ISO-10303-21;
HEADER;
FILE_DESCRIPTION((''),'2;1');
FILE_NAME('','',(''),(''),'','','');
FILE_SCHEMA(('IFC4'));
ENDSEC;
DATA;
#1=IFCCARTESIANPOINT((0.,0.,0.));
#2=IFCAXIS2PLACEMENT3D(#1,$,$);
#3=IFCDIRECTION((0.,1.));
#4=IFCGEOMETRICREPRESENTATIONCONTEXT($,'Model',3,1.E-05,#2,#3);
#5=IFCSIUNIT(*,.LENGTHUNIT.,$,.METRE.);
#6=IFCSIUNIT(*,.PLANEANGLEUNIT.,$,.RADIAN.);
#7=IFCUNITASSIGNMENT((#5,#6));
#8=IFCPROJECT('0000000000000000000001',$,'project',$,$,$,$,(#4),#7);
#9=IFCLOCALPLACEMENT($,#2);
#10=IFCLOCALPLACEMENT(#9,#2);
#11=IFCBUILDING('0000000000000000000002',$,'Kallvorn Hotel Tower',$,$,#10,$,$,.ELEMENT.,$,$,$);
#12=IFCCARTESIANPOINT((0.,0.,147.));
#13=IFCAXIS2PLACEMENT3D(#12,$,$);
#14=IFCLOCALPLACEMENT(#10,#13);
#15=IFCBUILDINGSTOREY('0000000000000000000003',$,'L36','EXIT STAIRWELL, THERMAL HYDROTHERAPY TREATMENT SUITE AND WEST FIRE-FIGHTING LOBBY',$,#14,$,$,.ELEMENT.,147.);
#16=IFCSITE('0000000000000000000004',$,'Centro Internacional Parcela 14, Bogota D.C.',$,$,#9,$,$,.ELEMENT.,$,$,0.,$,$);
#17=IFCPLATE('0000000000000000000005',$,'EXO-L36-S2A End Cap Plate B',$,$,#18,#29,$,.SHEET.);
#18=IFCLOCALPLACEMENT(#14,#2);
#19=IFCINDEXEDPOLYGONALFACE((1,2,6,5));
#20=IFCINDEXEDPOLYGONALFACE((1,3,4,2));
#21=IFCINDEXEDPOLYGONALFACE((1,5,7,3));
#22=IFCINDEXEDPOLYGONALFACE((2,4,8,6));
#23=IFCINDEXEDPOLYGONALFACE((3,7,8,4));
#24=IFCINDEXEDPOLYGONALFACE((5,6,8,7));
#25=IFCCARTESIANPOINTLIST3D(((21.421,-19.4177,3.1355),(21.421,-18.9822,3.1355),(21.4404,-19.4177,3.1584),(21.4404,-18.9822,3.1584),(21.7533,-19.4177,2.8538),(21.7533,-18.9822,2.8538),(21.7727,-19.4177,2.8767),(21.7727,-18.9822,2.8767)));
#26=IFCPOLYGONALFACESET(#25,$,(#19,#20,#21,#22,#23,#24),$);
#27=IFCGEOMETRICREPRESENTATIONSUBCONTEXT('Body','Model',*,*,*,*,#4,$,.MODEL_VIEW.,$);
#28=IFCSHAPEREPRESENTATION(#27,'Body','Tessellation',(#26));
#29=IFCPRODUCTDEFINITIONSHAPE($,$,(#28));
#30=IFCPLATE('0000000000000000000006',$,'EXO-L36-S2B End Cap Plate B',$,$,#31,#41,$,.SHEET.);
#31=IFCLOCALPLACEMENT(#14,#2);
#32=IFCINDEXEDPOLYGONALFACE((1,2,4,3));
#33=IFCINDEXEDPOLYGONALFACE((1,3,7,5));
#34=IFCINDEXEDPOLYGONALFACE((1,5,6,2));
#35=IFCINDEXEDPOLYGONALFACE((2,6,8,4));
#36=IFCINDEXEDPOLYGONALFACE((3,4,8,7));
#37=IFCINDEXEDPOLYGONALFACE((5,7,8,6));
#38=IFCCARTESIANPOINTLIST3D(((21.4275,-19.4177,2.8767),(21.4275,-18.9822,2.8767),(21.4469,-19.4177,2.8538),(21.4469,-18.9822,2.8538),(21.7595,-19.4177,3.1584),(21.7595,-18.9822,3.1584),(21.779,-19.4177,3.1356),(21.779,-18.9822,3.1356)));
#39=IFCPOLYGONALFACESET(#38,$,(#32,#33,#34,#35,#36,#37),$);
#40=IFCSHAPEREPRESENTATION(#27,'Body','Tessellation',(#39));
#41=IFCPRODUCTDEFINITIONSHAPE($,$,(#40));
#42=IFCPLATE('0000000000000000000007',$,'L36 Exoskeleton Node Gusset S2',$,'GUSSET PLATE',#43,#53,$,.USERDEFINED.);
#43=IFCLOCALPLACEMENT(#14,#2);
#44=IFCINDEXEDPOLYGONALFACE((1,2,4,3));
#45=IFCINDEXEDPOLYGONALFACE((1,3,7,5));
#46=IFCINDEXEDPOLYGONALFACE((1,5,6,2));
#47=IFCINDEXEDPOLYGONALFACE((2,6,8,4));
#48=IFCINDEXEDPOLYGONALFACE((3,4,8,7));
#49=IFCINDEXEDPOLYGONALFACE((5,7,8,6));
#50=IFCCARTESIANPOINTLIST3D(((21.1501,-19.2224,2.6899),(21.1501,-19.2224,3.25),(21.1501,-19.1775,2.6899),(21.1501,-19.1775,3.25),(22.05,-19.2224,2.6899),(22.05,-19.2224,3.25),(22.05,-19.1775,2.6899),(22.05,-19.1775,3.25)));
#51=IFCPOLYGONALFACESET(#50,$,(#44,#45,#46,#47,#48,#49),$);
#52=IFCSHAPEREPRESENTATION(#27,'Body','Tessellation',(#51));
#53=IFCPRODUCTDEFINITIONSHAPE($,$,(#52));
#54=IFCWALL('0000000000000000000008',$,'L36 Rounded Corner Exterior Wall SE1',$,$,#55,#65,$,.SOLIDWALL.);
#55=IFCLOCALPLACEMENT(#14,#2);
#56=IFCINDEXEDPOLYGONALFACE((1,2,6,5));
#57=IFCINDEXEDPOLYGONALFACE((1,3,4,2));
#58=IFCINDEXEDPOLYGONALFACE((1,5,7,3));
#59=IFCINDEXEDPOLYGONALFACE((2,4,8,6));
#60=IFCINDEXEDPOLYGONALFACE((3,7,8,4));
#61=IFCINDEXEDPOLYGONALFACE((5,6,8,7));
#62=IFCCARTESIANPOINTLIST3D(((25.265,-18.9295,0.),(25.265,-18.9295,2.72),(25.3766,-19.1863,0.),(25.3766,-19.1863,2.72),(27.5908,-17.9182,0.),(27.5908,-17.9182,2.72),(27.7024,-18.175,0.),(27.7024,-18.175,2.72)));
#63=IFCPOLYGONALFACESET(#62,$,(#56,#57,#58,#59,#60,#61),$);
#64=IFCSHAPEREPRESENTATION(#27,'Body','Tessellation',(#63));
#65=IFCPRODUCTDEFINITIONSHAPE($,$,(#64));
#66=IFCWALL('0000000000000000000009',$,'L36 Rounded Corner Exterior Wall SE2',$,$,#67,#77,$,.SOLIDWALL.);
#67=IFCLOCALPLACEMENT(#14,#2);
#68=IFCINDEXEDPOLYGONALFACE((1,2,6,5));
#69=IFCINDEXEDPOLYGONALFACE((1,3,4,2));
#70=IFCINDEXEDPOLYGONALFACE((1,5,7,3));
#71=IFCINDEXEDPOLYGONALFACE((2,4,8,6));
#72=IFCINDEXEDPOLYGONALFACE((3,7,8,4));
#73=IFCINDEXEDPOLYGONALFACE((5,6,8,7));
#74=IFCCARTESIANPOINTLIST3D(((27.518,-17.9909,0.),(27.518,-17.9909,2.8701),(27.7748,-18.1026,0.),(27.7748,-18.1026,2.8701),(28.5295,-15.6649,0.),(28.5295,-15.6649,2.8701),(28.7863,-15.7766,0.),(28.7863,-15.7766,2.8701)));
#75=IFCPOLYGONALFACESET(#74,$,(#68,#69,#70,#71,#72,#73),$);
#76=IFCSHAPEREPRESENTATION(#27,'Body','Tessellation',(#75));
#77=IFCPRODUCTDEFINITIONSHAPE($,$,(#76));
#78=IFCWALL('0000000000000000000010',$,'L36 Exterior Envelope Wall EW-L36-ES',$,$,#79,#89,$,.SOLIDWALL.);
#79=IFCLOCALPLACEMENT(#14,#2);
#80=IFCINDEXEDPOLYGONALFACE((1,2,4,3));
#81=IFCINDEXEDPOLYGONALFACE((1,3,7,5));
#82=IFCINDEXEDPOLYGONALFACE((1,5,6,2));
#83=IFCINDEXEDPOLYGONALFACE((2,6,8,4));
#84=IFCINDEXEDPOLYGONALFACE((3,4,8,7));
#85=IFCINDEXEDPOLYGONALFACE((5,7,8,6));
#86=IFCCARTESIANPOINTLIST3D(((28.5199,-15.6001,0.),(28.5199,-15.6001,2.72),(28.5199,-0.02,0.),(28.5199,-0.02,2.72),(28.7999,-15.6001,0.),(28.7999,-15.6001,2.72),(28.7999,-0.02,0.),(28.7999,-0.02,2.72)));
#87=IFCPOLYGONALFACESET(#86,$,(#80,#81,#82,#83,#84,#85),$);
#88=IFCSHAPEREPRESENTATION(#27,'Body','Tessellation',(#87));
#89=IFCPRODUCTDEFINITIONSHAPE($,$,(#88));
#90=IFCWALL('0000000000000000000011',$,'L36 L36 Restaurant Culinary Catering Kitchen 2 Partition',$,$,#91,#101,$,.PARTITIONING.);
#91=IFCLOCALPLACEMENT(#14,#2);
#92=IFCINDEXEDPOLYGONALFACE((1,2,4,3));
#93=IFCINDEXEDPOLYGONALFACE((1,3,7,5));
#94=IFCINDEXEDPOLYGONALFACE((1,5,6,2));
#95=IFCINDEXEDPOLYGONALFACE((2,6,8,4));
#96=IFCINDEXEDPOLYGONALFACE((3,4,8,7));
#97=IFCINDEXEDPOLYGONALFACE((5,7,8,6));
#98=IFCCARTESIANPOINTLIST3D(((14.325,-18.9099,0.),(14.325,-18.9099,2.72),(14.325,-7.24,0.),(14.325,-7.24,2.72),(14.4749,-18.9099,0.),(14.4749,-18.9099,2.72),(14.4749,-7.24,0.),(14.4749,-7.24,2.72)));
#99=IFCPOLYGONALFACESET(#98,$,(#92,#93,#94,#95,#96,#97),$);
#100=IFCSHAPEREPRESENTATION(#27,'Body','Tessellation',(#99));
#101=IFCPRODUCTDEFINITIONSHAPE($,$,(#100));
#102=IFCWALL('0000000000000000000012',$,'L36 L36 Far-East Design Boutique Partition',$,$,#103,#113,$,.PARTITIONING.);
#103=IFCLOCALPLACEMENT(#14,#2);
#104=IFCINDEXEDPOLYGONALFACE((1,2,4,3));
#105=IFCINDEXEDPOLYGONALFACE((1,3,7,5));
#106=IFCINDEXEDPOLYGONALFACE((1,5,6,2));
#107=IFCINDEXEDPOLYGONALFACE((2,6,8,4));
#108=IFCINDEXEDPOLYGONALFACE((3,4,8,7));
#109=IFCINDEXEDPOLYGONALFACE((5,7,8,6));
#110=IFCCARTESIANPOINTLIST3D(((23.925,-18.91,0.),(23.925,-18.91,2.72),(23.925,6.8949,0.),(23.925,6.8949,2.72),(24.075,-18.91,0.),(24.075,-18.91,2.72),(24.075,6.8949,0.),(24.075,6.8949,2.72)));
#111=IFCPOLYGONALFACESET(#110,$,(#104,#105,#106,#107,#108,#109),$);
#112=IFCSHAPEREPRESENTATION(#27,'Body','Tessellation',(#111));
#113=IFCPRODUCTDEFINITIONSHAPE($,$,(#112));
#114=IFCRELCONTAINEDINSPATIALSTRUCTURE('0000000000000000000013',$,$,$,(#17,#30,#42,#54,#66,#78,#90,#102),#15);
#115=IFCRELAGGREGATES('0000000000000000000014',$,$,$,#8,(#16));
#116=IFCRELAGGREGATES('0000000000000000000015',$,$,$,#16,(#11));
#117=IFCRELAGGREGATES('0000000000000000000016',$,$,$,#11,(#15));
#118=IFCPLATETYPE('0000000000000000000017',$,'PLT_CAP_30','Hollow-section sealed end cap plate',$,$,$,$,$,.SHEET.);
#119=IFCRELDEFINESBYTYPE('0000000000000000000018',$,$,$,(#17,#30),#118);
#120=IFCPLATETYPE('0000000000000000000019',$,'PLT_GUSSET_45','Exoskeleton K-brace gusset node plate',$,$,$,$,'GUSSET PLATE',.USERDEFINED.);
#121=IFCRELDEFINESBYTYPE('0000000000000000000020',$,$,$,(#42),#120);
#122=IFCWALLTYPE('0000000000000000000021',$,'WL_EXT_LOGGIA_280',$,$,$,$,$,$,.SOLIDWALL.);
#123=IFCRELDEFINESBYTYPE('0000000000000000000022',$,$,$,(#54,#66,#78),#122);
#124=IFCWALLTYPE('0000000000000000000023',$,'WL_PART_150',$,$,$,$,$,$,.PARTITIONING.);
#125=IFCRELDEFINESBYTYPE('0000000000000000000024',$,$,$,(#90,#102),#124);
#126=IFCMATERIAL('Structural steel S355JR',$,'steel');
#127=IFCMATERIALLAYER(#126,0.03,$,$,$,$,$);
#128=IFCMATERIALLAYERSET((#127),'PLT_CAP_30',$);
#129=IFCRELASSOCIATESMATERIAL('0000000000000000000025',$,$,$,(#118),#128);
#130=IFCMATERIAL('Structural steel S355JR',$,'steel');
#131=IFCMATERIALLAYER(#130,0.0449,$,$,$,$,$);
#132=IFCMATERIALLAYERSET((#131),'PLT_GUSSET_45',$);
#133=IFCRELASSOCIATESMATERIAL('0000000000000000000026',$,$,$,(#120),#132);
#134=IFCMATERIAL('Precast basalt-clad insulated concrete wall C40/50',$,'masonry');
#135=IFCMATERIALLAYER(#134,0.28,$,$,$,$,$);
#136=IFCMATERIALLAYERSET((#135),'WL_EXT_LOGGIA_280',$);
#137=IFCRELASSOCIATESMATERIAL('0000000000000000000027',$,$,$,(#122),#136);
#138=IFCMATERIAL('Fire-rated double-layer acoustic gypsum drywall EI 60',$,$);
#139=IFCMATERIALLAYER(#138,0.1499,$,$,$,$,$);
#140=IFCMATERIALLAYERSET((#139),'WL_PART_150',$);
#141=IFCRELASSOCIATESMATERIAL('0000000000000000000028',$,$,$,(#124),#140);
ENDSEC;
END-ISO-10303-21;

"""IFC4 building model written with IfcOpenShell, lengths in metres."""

from ifc_helpers import new_model, si_unit, direction, frame, frame_2d, origin, origin_2d, place, context, subcontext, project, spatial, polyline, rectangle, outline, extrude, material, layer, layer_set, type_object, element, save


model = new_model("IFC4")

# Units and contexts
model_context = context("Model", 3, precision=1e-05, world=origin(), true_north=direction((0.0, 1.0)))
body_context = subcontext(model_context, "Body", "Model", "MODEL_VIEW")
ifc_project = project(units=[si_unit("LENGTHUNIT", "METRE"), si_unit("PLANEANGLEUNIT", "RADIAN")], contexts=[model_context])

# Site, building, storey
site_placement = place(None, origin())
site = spatial("IfcSite", under=ifc_project, at=site_placement, Name="Centro Internacional Parcela 14, Bogota D.C.", CompositionType="ELEMENT", RefElevation=0.0)
building_placement = place(site_placement, origin())
building = spatial("IfcBuilding", under=site, at=building_placement, Name="Kallvorn Hotel Tower", CompositionType="ELEMENT")
storey_placement = place(building_placement, frame((0.0, 0.0, 147.0)))
storey = spatial("IfcBuildingStorey", under=building, at=storey_placement, Name="L36", Description="EXIT STAIRWELL, THERMAL HYDROTHERAPY TREATMENT SUITE AND WEST FIRE-FIGHTING LOBBY", CompositionType="ELEMENT", Elevation=147.0)

# Plates
ifc_material_1 = material(Name="Structural steel S355JR", Category="steel")
ifc_layer_1 = layer(ifc_material_1, 0.03)
ifc_layer_set_1 = layer_set([ifc_layer_1], Name="PLT_CAP_30")
plate_type_1 = type_object("IfcPlateType", Name="PLT_CAP_30", Description="Hollow-section sealed end cap plate", PredefinedType="SHEET", material=ifc_layer_set_1)
plate_1_placement = place(storey_placement, frame((21.7727, -19.4177, 2.8767), z_axis=(0.646721, 0.0, 0.762727), x_axis=(0.0, 1.0, 0.0)))
element("IfcPlate", 1, at=plate_1_placement, inside=storey, type_object=plate_type_1, Name="EXO-L36-S2A End Cap Plate B", PredefinedType="SHEET", context=body_context, shape_type="SweptSolid", body=[
    extrude(outline(polyline([(0.0, 0.0), (0.4355, 0.0), (0.4355, 0.4356), (0.0, 0.4356), (0.0, 0.0)])), origin(), (0.0, 0.0, -1.0), 0.03),
])
plate_2_placement = place(storey_placement, frame((21.4275, -18.9822, 2.8767), z_axis=(-0.646997, 0.0, 0.762492), x_axis=(0.0, -1.0, 0.0)))
element("IfcPlate", 2, at=plate_2_placement, inside=storey, type_object=plate_type_1, Name="EXO-L36-S2B End Cap Plate B", PredefinedType="SHEET", context=body_context, shape_type="SweptSolid", body=[
    extrude(outline(polyline([(0.0, 0.0), (0.4355, 0.0), (0.4355, 0.4355), (0.0, 0.4355), (0.0, 0.0)])), origin(), (0.0, 0.0, -1.0), 0.03),
])
ifc_material_2 = material(Name="Structural steel S355JR", Category="steel")
ifc_layer_2 = layer(ifc_material_2, 0.0449)
ifc_layer_set_2 = layer_set([ifc_layer_2], Name="PLT_GUSSET_45")
plate_type_2 = type_object("IfcPlateType", Name="PLT_GUSSET_45", Description="Exoskeleton K-brace gusset node plate", ElementType="GUSSET PLATE", PredefinedType="USERDEFINED", material=ifc_layer_set_2)
plate_3_placement = place(storey_placement, frame((21.6001, -19.2, 2.6899), z_axis=(0.0, 0.0, 1.0), x_axis=(1.0, 0.0, 0.0)))
element("IfcPlate", 3, at=plate_3_placement, inside=storey, type_object=plate_type_2, Name="L36 Exoskeleton Node Gusset S2", ObjectType="GUSSET PLATE", PredefinedType="USERDEFINED", context=body_context, shape_type="SweptSolid", body=[
    extrude(rectangle(XDim=0.8999, YDim=0.0449, at=origin_2d()), origin(), (0.0, 0.0, 1.0), 0.5601),
])

# Walls
ifc_material_3 = material(Name="Precast basalt-clad insulated concrete wall C40/50", Category="masonry")
ifc_layer_3 = layer(ifc_material_3, 0.28)
ifc_layer_set_3 = layer_set([ifc_layer_3], Name="WL_EXT_LOGGIA_280")
wall_type_1 = type_object("IfcWallType", Name="WL_EXT_LOGGIA_280", PredefinedType="SOLIDWALL", material=ifc_layer_set_3)
wall_1_placement = place(storey_placement, frame((25.3208, -19.0579, 0.0), z_axis=(0.0, 0.0, 1.0), x_axis=(0.917061, 0.398747, 0.0)))
element("IfcWall", 4, at=wall_1_placement, inside=storey, type_object=wall_type_1, Name="L36 Rounded Corner Exterior Wall SE1", PredefinedType="SOLIDWALL", context=body_context, shape_type="SweptSolid", body=[
    extrude(rectangle(XDim=2.5361, YDim=0.28, at=frame_2d((1.2681, 0.0))), origin(), (0.0, 0.0, 1.0), 2.72),
])
wall_2_placement = place(storey_placement, frame((27.6465, -18.0466, 0.0), z_axis=(0.0, 0.0, 1.0), x_axis=(0.398793, 0.917041, 0.0)))
element("IfcWall", 5, at=wall_2_placement, inside=storey, type_object=wall_type_1, Name="L36 Rounded Corner Exterior Wall SE2", PredefinedType="SOLIDWALL", context=body_context, shape_type="SweptSolid", body=[
    extrude(rectangle(XDim=2.5364, YDim=0.28, at=frame_2d((1.2681, 0.0))), origin(), (0.0, 0.0, 1.0), 2.8701),
])
wall_3_placement = place(storey_placement, frame((28.6599, -15.6001, 0.0), z_axis=(0.0, 0.0, 1.0), x_axis=(0.0, 1.0, 0.0)))
element("IfcWall", 6, at=wall_3_placement, inside=storey, type_object=wall_type_1, Name="L36 Exterior Envelope Wall EW-L36-ES", PredefinedType="SOLIDWALL", context=body_context, shape_type="SweptSolid", body=[
    extrude(rectangle(XDim=15.5801, YDim=0.28, at=frame_2d((7.79, 0.0))), origin(), (0.0, 0.0, 1.0), 2.72),
])
ifc_material_4 = material(Name="Fire-rated double-layer acoustic gypsum drywall EI 60")
ifc_layer_4 = layer(ifc_material_4, 0.1499)
ifc_layer_set_4 = layer_set([ifc_layer_4], Name="WL_PART_150")
wall_type_2 = type_object("IfcWallType", Name="WL_PART_150", PredefinedType="PARTITIONING", material=ifc_layer_set_4)
wall_4_placement = place(storey_placement, frame((14.3999, -18.9099, 0.0), z_axis=(0.0, 0.0, 1.0), x_axis=(0.0, 1.0, 0.0)))
element("IfcWall", 7, at=wall_4_placement, inside=storey, type_object=wall_type_2, Name="L36 L36 Restaurant Culinary Catering Kitchen 2 Partition", PredefinedType="PARTITIONING", context=body_context, shape_type="SweptSolid", body=[
    extrude(rectangle(XDim=11.6699, YDim=0.1499, at=frame_2d((5.835, 0.0))), origin(), (0.0, 0.0, 1.0), 2.72),
])
wall_5_placement = place(storey_placement, frame((24.0, -18.9099, 0.0), z_axis=(0.0, 0.0, 1.0), x_axis=(0.0, 1.0, 0.0)))
element("IfcWall", 8, at=wall_5_placement, inside=storey, type_object=wall_type_2, Name="L36 L36 Far-East Design Boutique Partition", PredefinedType="PARTITIONING", context=body_context, shape_type="SweptSolid", body=[
    extrude(rectangle(XDim=25.8049, YDim=0.1499, at=frame_2d((12.9023, 0.0))), origin(), (0.0, 0.0, 1.0), 2.72),
])

save(model, "model.ifc")
